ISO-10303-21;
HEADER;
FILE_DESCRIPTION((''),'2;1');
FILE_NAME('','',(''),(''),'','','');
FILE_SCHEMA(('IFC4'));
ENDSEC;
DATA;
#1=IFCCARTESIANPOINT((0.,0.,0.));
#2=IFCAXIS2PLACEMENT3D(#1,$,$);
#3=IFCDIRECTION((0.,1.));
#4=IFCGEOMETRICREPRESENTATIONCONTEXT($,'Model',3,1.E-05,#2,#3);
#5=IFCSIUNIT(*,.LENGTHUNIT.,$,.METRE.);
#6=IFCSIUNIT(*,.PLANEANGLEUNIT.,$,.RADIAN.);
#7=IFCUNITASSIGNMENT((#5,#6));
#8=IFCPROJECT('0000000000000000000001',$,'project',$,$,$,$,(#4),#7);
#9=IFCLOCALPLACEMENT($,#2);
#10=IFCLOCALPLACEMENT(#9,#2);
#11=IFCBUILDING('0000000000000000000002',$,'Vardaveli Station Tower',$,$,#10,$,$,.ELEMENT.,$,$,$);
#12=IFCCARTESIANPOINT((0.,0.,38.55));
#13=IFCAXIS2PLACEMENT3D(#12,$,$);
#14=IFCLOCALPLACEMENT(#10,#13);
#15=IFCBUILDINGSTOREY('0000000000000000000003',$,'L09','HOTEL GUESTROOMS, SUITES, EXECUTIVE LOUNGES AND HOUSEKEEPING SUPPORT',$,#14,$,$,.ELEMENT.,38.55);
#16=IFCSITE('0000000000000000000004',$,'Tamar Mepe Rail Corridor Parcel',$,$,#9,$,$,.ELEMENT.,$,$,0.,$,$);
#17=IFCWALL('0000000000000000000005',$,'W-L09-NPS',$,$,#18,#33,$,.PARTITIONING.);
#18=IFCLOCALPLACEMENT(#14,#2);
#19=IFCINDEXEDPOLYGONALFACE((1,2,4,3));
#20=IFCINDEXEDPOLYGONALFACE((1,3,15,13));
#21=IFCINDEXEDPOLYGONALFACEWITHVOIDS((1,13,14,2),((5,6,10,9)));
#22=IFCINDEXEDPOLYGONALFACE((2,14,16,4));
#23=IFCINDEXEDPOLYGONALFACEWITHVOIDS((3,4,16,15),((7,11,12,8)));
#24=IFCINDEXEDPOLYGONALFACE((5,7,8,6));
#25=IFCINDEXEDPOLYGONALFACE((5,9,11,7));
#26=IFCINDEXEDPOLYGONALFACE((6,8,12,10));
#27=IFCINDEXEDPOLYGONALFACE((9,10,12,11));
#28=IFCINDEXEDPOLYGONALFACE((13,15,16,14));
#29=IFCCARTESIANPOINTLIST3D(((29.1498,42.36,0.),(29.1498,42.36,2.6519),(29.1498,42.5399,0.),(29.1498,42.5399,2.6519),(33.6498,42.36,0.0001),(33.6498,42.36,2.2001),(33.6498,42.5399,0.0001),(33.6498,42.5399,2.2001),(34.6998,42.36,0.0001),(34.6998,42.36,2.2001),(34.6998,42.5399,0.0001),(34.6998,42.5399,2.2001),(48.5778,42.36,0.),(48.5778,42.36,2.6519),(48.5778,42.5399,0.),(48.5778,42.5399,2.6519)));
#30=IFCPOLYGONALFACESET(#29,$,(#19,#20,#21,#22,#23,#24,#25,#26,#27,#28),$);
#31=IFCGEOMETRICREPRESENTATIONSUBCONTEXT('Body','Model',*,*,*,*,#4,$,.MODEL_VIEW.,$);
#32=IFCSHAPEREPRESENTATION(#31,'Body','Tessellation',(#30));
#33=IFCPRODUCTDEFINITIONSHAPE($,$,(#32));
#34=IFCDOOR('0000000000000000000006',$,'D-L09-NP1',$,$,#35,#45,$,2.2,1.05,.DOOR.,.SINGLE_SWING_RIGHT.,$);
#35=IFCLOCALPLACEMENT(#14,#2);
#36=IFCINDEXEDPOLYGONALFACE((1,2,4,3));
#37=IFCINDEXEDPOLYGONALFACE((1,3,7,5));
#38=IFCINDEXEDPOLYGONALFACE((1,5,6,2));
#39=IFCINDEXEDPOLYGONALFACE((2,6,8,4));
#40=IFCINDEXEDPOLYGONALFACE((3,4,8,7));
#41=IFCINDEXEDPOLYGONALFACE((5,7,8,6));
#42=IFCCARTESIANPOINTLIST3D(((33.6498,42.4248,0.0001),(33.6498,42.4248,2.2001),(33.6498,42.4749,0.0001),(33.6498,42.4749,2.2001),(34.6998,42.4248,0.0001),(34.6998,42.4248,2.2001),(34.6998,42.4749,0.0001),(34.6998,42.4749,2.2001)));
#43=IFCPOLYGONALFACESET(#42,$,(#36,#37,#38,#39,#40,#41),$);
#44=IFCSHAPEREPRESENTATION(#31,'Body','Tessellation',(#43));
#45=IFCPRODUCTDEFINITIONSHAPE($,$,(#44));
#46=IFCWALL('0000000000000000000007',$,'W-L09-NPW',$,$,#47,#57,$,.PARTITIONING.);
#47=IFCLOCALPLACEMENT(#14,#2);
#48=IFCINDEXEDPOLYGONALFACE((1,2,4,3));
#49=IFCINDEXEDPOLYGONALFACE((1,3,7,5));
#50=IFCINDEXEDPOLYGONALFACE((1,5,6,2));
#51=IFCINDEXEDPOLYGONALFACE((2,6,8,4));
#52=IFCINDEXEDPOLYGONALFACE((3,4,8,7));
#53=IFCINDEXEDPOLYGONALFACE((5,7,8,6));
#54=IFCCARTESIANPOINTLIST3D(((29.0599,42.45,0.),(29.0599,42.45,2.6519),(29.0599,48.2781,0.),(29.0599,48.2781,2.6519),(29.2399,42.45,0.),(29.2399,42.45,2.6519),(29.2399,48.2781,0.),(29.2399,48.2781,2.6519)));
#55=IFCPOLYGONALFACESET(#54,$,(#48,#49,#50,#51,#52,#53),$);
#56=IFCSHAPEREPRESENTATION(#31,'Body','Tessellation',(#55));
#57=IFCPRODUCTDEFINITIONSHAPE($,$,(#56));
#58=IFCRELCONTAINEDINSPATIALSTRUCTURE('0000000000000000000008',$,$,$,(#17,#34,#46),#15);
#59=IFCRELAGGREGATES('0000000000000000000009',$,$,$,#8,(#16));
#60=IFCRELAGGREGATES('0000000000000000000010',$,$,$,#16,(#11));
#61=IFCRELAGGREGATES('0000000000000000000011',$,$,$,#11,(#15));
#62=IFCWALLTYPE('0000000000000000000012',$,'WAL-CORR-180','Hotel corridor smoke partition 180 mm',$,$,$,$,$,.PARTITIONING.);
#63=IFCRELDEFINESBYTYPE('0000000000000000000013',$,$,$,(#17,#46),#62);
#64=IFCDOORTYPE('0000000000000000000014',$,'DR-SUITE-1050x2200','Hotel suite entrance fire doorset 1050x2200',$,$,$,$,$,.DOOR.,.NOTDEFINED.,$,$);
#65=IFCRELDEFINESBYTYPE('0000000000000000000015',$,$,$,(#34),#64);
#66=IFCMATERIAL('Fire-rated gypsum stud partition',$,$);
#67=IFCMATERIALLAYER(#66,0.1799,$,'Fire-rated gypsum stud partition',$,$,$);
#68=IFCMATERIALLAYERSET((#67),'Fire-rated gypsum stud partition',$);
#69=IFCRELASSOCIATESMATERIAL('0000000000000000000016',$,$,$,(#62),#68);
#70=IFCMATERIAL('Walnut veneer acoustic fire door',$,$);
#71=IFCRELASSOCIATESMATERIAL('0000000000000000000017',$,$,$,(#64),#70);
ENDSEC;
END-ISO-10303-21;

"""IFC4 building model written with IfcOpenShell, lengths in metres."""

from ifc_helpers import new_model, si_unit, direction, frame, frame_2d, origin, place, context, subcontext, project, spatial, rectangle, extrude, source, transform, mapped, material, layer, layer_set, type_object, element, fill, save


model = new_model("IFC4")

# Units and contexts
model_context = context("Model", 3, precision=1e-05, world=origin(), true_north=direction((0.0, 1.0)))
body_context = subcontext(model_context, "Body", "Model", "MODEL_VIEW")
ifc_project = project(units=[si_unit("LENGTHUNIT", "METRE"), si_unit("PLANEANGLEUNIT", "RADIAN")], contexts=[model_context])

# Site, building, storey
site_placement = place(None, origin())
site = spatial("IfcSite", under=ifc_project, at=site_placement, Name="Tamar Mepe Rail Corridor Parcel", CompositionType="ELEMENT", RefElevation=0.0)
building_placement = place(site_placement, origin())
building = spatial("IfcBuilding", under=site, at=building_placement, Name="Vardaveli Station Tower", CompositionType="ELEMENT")
storey_placement = place(building_placement, frame((0.0, 0.0, 38.55)))
storey = spatial("IfcBuildingStorey", under=building, at=storey_placement, Name="L09", Description="HOTEL GUESTROOMS, SUITES, EXECUTIVE LOUNGES AND HOUSEKEEPING SUPPORT", CompositionType="ELEMENT", Elevation=38.55)

# Wall, opening, door
ifc_material_1 = material(Name="Fire-rated gypsum stud partition")
ifc_layer_1 = layer(ifc_material_1, 0.1799, Name="Fire-rated gypsum stud partition")
ifc_layer_set_1 = layer_set([ifc_layer_1], Name="Fire-rated gypsum stud partition")
wall_type_1 = type_object("IfcWallType", Name="WAL-CORR-180", Description="Hotel corridor smoke partition 180 mm", PredefinedType="PARTITIONING", material=ifc_layer_set_1)
shared_shape_1 = source(origin(), body_context, "Body", "SweptSolid", [
    extrude(rectangle(XDim=19.428, YDim=0.1799, at=frame_2d((9.7139, 0.0))), origin(), (0.0, 0.0, 1.0), 2.6519),
])
wall_1_placement = place(storey_placement, frame((29.1499, 42.45, 0.0), z_axis=(0.0, 0.0, 1.0), x_axis=(1.0, 0.0, 0.0)))
wall_1 = element("IfcWall", 1, at=wall_1_placement, inside=storey, type_object=wall_type_1, Name="W-L09-NPS", PredefinedType="PARTITIONING", context=body_context, shape_type="MappedRepresentation", body=[
    mapped(shared_shape_1, transform((0.0, 0.0, 0.0), scale=1.0)),
])
shared_shape_2 = source(origin(), body_context, "Body", "SweptSolid", [
    extrude(rectangle(XDim=1.05, YDim=2.2, at=frame_2d((0.5249, 1.1001))), frame((0.0, 0.1001, 0.0), z_axis=(0.0, -1.0, 0.0), x_axis=(1.0, 0.0, 0.0)), (0.0, 0.0, 1.0), 0.2),
])
opening_1_placement = place(wall_1_placement, frame((4.5, 0.0, 0.0)))
opening_1 = element("IfcOpeningElement", 2, at=opening_1_placement, cuts=wall_1, PredefinedType="OPENING", context=body_context, shape_type="MappedRepresentation", body=[
    mapped(shared_shape_2, transform((0.0, 0.0, 0.0), scale=1.0)),
])
ifc_material_2 = material(Name="Walnut veneer acoustic fire door")
door_type_1 = type_object("IfcDoorType", Name="DR-SUITE-1050x2200", Description="Hotel suite entrance fire doorset 1050x2200", OperationType="NOTDEFINED", PredefinedType="DOOR", material=ifc_material_2)
shared_shape_3 = source(origin(), body_context, "Body", "SweptSolid", [
    extrude(rectangle(XDim=1.05, YDim=2.2, at=frame_2d((0.5249, 1.1001))), frame((0.0, 0.0249, 0.0), z_axis=(0.0, -1.0, 0.0), x_axis=(1.0, 0.0, 0.0)), (0.0, 0.0, 1.0), 0.05),
])
door_1_placement = place(opening_1_placement, origin())
door_1 = element("IfcDoor", 3, at=door_1_placement, inside=storey, type_object=door_type_1, Name="D-L09-NP1", OperationType="SINGLE_SWING_RIGHT", OverallHeight=2.2, OverallWidth=1.05, PredefinedType="DOOR", context=body_context, shape_type="MappedRepresentation", body=[
    mapped(shared_shape_3, transform((0.0, 0.0, 0.0), scale=1.0)),
])
fill(opening_1, door_1)

# Wall
shared_shape_4 = source(origin(), body_context, "Body", "SweptSolid", [
    extrude(rectangle(XDim=5.8281, YDim=0.1799, at=frame_2d((2.9141, 0.0))), origin(), (0.0, 0.0, 1.0), 2.6519),
])
wall_2_placement = place(storey_placement, frame((29.1499, 42.45, 0.0), z_axis=(0.0, 0.0, 1.0), x_axis=(0.0, 1.0, 0.0)))
element("IfcWall", 4, at=wall_2_placement, inside=storey, type_object=wall_type_1, Name="W-L09-NPW", PredefinedType="PARTITIONING", context=body_context, shape_type="MappedRepresentation", body=[
    mapped(shared_shape_4, transform((0.0, 0.0, 0.0), scale=1.0)),
])

save(model, "model.ifc")
